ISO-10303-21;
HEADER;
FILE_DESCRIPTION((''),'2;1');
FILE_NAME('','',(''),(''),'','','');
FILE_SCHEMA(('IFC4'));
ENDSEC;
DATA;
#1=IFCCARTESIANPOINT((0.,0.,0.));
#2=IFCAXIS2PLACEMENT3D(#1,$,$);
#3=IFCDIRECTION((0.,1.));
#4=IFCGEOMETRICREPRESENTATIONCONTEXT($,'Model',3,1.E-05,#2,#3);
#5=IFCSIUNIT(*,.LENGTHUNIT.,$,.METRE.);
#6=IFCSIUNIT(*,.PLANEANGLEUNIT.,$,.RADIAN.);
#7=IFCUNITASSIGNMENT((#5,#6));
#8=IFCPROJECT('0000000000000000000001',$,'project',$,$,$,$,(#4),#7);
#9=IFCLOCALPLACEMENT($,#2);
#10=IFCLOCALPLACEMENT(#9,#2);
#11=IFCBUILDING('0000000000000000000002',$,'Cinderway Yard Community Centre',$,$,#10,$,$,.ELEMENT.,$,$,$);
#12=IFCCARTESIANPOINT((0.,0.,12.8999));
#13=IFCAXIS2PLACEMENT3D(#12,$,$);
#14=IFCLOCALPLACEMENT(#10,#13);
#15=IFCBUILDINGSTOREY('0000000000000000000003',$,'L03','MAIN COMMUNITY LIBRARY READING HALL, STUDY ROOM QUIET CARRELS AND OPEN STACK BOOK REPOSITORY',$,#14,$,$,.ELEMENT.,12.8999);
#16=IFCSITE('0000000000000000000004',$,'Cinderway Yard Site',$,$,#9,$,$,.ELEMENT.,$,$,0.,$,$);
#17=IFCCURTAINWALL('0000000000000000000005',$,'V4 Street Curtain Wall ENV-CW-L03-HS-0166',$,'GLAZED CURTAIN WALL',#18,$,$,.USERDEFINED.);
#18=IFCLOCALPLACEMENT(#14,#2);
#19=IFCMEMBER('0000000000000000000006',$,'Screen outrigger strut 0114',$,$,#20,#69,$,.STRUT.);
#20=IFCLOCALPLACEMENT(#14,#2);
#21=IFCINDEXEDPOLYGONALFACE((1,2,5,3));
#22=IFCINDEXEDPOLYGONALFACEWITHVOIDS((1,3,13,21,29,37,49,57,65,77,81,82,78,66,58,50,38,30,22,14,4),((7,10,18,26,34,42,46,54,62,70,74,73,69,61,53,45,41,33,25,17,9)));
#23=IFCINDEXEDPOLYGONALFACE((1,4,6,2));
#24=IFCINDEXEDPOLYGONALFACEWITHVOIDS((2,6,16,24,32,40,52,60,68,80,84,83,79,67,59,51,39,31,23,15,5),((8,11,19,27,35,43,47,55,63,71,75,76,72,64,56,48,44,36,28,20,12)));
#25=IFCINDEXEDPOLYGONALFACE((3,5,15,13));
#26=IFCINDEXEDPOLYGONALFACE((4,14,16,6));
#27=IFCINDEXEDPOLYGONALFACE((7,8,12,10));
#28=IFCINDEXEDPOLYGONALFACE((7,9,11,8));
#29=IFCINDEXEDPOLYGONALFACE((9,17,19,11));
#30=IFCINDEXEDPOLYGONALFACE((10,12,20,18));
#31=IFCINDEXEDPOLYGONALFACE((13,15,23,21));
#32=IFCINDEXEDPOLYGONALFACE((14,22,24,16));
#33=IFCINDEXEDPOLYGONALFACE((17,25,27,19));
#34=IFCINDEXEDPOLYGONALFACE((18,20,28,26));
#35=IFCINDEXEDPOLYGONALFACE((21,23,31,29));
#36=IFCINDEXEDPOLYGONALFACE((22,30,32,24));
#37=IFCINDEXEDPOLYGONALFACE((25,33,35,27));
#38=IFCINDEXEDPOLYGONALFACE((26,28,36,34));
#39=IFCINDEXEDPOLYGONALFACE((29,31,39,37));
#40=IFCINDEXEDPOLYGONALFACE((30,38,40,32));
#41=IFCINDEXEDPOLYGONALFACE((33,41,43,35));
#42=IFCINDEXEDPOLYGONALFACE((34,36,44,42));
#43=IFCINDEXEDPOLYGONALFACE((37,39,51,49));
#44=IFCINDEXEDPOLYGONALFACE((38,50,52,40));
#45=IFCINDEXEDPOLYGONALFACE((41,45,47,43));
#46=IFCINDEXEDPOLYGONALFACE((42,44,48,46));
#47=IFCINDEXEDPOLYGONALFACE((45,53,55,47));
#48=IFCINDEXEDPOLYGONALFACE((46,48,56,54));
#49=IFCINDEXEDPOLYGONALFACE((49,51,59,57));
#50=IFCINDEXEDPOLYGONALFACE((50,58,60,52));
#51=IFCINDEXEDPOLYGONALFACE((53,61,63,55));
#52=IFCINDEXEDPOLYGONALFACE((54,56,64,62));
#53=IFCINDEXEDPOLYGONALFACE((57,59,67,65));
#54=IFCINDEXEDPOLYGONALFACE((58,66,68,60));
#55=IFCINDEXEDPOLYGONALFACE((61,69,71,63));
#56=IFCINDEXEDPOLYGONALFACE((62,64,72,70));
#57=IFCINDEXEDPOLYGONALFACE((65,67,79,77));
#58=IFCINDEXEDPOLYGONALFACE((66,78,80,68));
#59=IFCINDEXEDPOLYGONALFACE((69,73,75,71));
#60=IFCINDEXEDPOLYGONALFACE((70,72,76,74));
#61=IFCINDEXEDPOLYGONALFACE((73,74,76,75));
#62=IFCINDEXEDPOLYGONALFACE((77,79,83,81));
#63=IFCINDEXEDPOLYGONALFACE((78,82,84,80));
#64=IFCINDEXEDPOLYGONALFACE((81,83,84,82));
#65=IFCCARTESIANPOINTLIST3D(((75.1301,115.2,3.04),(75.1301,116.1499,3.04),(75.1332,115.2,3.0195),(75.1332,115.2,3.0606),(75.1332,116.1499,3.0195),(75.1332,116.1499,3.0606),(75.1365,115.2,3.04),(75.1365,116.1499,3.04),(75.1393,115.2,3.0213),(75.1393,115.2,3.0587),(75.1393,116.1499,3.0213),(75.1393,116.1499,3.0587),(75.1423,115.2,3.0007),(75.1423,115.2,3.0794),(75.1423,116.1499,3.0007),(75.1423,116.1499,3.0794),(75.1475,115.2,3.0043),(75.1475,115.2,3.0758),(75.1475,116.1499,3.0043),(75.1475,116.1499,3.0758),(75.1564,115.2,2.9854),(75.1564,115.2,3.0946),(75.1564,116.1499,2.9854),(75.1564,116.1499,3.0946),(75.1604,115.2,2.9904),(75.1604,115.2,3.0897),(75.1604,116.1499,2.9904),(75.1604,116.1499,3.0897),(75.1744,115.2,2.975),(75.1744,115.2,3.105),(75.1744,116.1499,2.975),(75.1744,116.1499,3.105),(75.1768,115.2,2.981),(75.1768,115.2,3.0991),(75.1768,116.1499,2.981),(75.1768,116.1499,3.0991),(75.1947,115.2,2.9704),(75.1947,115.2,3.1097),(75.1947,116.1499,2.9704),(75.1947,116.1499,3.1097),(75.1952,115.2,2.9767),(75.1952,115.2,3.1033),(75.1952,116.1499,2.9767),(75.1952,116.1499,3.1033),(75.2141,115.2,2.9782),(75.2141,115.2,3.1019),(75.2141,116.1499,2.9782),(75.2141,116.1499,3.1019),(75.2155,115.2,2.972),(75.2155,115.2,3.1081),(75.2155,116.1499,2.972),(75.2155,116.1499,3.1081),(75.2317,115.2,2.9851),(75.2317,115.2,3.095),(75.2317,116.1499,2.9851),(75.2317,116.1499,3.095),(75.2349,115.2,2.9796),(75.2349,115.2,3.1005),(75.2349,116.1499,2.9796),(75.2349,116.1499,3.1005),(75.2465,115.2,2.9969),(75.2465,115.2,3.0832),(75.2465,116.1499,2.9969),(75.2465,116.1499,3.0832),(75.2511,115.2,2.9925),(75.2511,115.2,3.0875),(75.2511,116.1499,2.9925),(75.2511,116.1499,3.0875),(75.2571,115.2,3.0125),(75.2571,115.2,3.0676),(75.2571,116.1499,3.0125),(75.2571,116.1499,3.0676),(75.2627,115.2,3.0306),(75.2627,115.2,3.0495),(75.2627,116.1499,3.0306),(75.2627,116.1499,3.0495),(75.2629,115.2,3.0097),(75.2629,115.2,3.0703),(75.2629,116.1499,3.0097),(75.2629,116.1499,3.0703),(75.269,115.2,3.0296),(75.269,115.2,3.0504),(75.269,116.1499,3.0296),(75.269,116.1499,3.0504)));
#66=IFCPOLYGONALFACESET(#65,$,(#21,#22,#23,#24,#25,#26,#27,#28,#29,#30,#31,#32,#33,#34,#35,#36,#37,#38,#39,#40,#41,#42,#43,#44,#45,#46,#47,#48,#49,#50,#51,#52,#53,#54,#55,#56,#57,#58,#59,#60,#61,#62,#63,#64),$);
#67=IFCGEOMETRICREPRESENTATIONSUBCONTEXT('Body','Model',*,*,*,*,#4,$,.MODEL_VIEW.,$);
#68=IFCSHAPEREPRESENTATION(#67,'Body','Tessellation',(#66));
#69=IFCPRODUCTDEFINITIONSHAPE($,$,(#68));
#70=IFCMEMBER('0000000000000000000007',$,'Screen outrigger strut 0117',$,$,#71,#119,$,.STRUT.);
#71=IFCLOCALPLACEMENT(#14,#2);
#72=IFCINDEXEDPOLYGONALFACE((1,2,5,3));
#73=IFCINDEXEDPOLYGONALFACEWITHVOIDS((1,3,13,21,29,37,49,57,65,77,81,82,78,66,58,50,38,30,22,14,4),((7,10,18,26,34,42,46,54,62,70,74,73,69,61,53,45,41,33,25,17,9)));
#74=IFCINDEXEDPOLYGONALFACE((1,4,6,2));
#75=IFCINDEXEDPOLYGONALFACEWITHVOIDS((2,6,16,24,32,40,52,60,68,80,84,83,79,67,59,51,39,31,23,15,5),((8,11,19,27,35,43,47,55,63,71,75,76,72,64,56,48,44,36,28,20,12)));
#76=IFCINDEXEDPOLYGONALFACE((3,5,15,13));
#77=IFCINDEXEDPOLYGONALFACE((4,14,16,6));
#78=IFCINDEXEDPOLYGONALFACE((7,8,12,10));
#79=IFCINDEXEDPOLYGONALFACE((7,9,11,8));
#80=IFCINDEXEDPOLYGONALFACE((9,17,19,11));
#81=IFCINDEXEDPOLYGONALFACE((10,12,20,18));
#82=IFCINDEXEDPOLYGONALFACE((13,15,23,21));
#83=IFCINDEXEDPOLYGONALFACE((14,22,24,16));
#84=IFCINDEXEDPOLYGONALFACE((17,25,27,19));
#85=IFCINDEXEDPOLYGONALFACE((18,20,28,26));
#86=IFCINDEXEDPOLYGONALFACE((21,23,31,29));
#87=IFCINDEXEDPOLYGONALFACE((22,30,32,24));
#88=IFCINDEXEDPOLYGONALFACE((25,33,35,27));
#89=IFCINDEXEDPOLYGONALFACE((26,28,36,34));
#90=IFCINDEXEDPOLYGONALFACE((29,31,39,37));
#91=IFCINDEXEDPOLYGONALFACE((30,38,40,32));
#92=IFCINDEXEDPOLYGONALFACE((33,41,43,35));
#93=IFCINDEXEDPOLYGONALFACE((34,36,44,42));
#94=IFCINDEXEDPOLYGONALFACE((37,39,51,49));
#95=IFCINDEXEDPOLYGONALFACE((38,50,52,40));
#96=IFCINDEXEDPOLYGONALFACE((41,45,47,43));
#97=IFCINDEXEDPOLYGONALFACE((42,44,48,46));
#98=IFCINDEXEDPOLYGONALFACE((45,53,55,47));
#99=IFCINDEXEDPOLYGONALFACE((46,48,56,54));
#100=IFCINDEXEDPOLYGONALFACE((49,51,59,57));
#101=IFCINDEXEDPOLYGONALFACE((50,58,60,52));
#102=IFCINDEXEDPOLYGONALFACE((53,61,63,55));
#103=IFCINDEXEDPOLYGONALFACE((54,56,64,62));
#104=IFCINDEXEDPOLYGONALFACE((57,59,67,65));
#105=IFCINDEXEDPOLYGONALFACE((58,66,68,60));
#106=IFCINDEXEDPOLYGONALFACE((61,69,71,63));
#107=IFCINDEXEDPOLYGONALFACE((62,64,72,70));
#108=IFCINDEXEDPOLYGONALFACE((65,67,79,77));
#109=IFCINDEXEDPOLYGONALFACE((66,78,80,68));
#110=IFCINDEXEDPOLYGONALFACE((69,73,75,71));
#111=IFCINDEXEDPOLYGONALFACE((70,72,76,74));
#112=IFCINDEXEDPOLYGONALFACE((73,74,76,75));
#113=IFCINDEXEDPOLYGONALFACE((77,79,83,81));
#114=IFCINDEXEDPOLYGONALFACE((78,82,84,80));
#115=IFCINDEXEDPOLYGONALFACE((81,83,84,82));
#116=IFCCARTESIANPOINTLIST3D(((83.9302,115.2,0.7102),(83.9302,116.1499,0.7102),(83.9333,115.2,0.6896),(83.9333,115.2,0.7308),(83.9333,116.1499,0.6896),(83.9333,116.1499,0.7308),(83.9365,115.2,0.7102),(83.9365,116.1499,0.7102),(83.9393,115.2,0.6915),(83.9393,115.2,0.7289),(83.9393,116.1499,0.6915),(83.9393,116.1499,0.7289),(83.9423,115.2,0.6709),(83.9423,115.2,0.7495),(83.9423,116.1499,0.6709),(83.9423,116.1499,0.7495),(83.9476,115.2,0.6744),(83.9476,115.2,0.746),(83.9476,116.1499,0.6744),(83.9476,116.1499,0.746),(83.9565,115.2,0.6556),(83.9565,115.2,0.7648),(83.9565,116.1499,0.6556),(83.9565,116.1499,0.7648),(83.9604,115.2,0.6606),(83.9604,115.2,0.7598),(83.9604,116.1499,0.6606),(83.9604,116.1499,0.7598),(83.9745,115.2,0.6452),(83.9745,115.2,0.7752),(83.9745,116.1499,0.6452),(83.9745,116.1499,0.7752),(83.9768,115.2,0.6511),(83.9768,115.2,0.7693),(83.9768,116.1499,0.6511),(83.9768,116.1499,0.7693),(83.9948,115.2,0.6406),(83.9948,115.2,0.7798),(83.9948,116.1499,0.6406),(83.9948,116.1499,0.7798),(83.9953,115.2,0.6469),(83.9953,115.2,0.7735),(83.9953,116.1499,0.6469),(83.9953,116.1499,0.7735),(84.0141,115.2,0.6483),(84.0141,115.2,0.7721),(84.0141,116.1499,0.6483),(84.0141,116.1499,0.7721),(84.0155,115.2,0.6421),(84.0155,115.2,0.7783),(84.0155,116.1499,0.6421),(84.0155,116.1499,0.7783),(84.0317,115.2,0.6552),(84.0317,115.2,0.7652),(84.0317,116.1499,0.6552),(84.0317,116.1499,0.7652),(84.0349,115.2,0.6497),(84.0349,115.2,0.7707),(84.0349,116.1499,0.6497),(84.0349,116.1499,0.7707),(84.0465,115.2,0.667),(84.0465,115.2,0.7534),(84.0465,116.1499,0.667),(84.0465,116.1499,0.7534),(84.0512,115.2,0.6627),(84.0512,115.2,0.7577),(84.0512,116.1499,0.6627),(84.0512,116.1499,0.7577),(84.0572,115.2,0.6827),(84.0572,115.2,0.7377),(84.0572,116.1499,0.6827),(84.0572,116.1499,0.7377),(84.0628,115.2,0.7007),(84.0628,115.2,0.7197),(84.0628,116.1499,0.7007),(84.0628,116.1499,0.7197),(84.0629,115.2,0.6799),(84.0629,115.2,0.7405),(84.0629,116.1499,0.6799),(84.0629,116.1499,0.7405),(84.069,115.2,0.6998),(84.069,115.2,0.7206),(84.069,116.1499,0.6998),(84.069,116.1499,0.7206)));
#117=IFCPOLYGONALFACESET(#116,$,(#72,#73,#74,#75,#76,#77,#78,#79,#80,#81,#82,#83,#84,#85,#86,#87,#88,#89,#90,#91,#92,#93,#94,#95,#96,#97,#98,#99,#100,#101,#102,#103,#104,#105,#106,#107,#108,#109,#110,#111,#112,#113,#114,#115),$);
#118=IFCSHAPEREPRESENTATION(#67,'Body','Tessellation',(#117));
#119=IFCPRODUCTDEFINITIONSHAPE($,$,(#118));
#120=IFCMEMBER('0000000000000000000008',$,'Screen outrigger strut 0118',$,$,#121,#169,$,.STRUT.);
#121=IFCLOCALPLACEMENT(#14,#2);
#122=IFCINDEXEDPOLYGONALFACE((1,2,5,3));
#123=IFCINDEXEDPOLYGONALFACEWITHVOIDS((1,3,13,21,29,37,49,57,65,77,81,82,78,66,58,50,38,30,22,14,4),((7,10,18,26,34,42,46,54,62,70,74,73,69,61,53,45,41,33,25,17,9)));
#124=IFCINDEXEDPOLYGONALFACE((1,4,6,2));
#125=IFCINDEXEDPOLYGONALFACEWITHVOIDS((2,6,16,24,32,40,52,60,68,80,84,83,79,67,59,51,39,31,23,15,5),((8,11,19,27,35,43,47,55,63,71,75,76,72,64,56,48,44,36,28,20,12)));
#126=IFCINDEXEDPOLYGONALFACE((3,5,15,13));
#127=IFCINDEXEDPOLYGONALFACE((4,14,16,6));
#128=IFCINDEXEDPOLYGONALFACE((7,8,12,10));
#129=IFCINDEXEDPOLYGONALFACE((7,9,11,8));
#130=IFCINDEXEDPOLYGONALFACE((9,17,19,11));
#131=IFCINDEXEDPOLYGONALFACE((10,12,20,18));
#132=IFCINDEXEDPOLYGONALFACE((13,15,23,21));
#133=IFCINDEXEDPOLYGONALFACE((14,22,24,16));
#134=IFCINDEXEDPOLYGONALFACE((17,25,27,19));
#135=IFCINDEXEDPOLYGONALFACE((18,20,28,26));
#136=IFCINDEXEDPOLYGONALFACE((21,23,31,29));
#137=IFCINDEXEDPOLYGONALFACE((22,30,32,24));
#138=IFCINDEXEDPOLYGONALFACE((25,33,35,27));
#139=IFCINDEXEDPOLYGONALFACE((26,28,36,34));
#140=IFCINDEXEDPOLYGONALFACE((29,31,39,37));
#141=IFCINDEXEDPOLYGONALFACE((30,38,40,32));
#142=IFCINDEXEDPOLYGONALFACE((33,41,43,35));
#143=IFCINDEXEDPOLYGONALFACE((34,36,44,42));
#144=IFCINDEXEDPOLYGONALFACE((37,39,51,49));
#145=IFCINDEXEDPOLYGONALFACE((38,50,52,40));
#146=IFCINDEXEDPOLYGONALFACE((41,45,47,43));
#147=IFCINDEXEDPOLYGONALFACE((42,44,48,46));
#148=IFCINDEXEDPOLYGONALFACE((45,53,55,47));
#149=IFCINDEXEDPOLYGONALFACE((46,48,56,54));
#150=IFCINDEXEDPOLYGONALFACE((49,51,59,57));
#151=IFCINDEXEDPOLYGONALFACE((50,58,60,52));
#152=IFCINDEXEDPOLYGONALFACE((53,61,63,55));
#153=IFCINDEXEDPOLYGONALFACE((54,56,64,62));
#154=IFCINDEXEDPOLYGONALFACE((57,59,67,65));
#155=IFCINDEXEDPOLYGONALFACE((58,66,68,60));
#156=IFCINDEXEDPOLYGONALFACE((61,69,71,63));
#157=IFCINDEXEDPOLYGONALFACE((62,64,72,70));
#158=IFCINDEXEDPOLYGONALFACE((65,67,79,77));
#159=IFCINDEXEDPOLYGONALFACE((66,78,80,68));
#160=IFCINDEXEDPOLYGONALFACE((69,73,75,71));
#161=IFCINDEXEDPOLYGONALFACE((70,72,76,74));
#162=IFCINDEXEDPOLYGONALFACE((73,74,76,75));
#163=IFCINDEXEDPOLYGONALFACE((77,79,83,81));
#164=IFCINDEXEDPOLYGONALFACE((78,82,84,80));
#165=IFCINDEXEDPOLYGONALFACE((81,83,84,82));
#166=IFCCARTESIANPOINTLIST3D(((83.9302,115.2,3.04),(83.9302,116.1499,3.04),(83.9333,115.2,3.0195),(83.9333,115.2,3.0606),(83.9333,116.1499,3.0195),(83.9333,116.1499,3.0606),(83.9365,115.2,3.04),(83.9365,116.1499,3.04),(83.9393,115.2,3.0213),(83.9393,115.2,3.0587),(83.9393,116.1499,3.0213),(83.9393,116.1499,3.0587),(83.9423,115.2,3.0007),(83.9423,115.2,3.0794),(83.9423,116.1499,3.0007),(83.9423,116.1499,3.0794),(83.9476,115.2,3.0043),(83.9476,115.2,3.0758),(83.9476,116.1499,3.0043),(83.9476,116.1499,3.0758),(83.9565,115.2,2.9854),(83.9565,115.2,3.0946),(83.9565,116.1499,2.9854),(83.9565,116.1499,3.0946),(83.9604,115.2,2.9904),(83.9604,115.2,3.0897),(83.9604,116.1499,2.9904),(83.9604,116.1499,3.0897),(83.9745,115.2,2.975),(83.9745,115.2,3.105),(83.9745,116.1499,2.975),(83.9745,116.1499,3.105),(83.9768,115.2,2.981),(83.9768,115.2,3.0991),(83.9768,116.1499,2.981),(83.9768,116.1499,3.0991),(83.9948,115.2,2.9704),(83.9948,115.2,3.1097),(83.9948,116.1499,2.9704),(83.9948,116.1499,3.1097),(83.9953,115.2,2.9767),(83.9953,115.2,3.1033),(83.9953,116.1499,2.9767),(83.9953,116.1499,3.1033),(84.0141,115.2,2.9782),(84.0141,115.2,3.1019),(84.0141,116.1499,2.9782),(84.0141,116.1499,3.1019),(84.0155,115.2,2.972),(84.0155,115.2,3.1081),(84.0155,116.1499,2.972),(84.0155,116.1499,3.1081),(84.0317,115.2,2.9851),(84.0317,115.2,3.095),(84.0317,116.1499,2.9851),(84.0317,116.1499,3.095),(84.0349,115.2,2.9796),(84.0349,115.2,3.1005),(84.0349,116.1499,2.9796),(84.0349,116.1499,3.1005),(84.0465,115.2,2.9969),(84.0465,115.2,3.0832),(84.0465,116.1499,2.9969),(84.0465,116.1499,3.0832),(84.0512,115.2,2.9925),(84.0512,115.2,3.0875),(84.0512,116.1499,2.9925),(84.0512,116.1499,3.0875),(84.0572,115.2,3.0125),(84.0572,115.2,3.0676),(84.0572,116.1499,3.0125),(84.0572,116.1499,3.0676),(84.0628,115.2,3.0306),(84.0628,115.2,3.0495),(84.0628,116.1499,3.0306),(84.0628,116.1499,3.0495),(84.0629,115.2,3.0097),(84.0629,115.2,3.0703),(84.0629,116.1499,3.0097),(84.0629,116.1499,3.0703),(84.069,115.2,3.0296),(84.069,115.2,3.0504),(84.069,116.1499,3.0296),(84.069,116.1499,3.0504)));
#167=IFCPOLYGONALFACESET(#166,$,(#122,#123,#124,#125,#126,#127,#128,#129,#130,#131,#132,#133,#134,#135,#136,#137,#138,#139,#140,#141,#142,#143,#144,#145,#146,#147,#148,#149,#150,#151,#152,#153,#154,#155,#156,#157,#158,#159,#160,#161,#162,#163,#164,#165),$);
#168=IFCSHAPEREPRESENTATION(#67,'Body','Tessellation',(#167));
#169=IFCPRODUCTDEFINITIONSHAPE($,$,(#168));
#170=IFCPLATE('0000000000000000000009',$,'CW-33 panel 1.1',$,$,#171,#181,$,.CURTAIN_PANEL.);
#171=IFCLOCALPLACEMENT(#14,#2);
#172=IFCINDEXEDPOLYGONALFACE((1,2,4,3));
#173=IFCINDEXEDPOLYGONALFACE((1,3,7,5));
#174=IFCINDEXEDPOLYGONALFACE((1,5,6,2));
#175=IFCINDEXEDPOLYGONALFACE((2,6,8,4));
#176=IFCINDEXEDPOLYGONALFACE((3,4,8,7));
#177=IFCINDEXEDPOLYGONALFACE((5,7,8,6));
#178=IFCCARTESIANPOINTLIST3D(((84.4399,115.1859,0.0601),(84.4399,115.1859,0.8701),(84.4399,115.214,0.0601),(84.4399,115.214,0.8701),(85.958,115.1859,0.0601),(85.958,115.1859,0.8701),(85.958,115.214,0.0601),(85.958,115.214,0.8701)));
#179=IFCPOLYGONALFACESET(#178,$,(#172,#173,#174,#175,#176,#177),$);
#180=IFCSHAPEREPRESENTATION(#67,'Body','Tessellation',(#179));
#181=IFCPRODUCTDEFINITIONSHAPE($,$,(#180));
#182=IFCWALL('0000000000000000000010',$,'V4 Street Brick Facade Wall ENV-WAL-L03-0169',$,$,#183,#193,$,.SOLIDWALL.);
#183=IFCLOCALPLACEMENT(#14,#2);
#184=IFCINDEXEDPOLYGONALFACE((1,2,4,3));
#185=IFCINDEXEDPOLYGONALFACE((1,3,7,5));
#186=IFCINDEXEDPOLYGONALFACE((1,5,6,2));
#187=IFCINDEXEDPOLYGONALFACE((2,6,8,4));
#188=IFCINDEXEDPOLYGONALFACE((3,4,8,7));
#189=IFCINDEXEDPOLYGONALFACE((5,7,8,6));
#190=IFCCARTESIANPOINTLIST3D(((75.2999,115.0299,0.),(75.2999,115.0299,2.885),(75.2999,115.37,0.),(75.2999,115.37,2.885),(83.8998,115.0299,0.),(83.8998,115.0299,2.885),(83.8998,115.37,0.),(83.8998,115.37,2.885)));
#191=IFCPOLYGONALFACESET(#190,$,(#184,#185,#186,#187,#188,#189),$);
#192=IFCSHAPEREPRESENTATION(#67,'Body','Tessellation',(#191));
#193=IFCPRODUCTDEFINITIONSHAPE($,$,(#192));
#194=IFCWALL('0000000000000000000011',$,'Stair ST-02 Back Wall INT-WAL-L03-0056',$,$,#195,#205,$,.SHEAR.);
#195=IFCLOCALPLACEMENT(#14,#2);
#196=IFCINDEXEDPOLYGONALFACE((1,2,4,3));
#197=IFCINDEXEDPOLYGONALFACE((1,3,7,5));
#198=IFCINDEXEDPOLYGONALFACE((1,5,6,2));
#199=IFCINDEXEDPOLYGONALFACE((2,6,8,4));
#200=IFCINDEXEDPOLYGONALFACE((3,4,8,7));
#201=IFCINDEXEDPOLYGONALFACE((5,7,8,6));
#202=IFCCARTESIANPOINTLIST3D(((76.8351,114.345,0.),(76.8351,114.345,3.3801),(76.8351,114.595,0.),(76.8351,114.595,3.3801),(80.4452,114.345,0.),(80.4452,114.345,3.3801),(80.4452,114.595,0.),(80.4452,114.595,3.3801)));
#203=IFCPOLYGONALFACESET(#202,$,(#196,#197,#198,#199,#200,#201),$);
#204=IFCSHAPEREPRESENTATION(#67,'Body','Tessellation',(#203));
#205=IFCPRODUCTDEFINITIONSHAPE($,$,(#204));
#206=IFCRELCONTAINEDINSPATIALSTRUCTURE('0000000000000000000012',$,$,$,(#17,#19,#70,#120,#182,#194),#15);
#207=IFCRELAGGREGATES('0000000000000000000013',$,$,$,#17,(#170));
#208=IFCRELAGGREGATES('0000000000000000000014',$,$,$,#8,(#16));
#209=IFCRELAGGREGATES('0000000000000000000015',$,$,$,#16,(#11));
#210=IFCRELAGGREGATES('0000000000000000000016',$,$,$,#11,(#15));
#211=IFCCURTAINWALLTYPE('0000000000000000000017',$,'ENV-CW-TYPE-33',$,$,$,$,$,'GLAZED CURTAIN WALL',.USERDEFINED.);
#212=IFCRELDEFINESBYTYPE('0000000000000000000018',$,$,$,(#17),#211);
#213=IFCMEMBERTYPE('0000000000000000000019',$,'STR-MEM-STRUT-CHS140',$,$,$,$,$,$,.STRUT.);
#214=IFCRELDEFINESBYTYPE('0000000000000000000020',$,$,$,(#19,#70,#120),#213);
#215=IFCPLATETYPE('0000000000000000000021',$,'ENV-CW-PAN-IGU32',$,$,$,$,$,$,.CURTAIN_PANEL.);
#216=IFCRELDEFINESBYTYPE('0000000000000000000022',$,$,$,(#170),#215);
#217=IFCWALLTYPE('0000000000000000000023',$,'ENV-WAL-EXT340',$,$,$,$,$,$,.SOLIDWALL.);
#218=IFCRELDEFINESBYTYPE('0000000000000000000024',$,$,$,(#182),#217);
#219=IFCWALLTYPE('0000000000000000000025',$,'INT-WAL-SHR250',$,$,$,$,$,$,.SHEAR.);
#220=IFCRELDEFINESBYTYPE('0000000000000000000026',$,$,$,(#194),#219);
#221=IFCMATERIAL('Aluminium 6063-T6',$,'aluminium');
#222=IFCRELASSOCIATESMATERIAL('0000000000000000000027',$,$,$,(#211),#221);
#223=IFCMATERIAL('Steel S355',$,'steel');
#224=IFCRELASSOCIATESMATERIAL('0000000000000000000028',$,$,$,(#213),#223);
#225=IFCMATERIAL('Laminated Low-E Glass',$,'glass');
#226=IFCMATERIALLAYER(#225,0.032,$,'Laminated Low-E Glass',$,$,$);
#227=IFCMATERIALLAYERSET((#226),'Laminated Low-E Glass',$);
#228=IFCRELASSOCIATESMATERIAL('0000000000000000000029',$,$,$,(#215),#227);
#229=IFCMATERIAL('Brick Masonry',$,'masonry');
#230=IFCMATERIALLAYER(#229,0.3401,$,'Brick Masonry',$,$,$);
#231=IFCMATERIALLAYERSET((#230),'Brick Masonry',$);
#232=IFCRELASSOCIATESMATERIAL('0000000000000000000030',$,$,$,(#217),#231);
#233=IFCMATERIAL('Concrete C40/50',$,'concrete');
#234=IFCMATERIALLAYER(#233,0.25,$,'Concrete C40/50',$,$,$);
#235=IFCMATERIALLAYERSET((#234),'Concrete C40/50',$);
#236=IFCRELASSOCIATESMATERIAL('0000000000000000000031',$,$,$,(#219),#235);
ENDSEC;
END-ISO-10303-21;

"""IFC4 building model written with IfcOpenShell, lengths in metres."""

from ifc_helpers import new_model, si_unit, direction, frame, frame_2d, origin, origin_2d, place, context, subcontext, project, spatial, rectangle, hollow_circle, extrude, material, layer, layer_set, material_profile, profile_set, type_object, element, aggregate, save


model = new_model("IFC4")

# Units and contexts
model_context = context("Model", 3, precision=1e-05, world=origin(), true_north=direction((0.0, 1.0)))
body_context = subcontext(model_context, "Body", "Model", "MODEL_VIEW")
ifc_project = project(units=[si_unit("LENGTHUNIT", "METRE"), si_unit("PLANEANGLEUNIT", "RADIAN")], contexts=[model_context])

# Site, building, storey
site_placement = place(None, origin())
site = spatial("IfcSite", under=ifc_project, at=site_placement, Name="Cinderway Yard Site", CompositionType="ELEMENT", RefElevation=0.0)
building_placement = place(site_placement, origin())
building = spatial("IfcBuilding", under=site, at=building_placement, Name="Cinderway Yard Community Centre", CompositionType="ELEMENT")
storey_placement = place(building_placement, frame((0.0, 0.0, 12.8999)))
storey = spatial("IfcBuildingStorey", under=building, at=storey_placement, Name="L03", Description="MAIN COMMUNITY LIBRARY READING HALL, STUDY ROOM QUIET CARRELS AND OPEN STACK BOOK REPOSITORY", CompositionType="ELEMENT", Elevation=12.8999)

# Shared definitions
ifc_material_1 = material(Name="Concrete C40/50", Category="concrete")

# Curtain wall
ifc_material_2 = material(Name="Aluminium 6063-T6", Category="aluminium")
curtain_wall_type = type_object("IfcCurtainWallType", Name="ENV-CW-TYPE-33", ElementType="GLAZED CURTAIN WALL", PredefinedType="USERDEFINED", material=ifc_material_2)
curtain_wall_placement = place(storey_placement, origin())
curtain_wall = element("IfcCurtainWall", 1, at=curtain_wall_placement, inside=storey, type_object=curtain_wall_type, Name="V4 Street Curtain Wall ENV-CW-L03-HS-0166", ObjectType="GLAZED CURTAIN WALL", PredefinedType="USERDEFINED")

# Members
ifc_material_3 = material(Name="Steel S355", Category="steel")
ifc_material_profile_1 = material_profile(ifc_material_3, hollow_circle(Radius=0.0698, WallThickness=0.0063, at=origin_2d()), Name="Steel S355")
ifc_profile_set_1 = profile_set([ifc_material_profile_1], Name="Steel S355")
member_type_1 = type_object("IfcMemberType", Name="STR-MEM-STRUT-CHS140", PredefinedType="STRUT", material=ifc_profile_set_1)
for number, where, z_axis, x_axis, name in (
    (2, (75.2, 115.2, 3.04), (0.0, 1.0, 0.0), (-1.0, 0.0, 0.0), "Screen outrigger strut 0114"),
    (3, (84.0, 115.2, 0.7102), (0.0, 1.0, 0.0), (-1.0, 0.0, 0.0), "Screen outrigger strut 0117"),
    (4, (84.0, 115.2, 3.04), (0.0, 1.0, 0.0), (-1.0, 0.0, 0.0), "Screen outrigger strut 0118"),
):
    element("IfcMember", number, at=place(storey_placement, frame(where, z_axis=z_axis, x_axis=x_axis)), inside=storey, type_object=member_type_1, Name=name, PredefinedType="STRUT", context=body_context, shape_type="SweptSolid", body=[
        extrude(hollow_circle(Radius=0.0698, WallThickness=0.0063, at=origin_2d()), origin(), (0.0, 0.0, 1.0), 0.95),
    ])

# Plate
ifc_material_4 = material(Name="Laminated Low-E Glass", Category="glass")
ifc_layer_1 = layer(ifc_material_4, 0.032, Name="Laminated Low-E Glass")
ifc_layer_set_1 = layer_set([ifc_layer_1], Name="Laminated Low-E Glass")
plate_type = type_object("IfcPlateType", Name="ENV-CW-PAN-IGU32", PredefinedType="CURTAIN_PANEL", material=ifc_layer_set_1)
plate_placement = place(storey_placement, frame((85.199, 115.2, 0.0601), z_axis=(0.0, 0.0, 1.0), x_axis=(1.0, 0.0, 0.0)))
plate = element("IfcPlate", 5, at=plate_placement, type_object=plate_type, Name="CW-33 panel 1.1", PredefinedType="CURTAIN_PANEL", context=body_context, shape_type="SweptSolid", body=[
    extrude(rectangle(XDim=1.5181, YDim=0.0281, at=origin_2d()), origin(), (0.0, 0.0, 1.0), 0.8101),
])
aggregate(curtain_wall, [plate])

# Walls
ifc_material_5 = material(Name="Brick Masonry", Category="masonry")
ifc_layer_2 = layer(ifc_material_5, 0.3401, Name="Brick Masonry")
ifc_layer_set_2 = layer_set([ifc_layer_2], Name="Brick Masonry")
wall_type_1 = type_object("IfcWallType", Name="ENV-WAL-EXT340", PredefinedType="SOLIDWALL", material=ifc_layer_set_2)
wall_1_placement = place(storey_placement, frame((75.3, 115.2, 0.0), z_axis=(0.0, 0.0, 1.0), x_axis=(1.0, 0.0, 0.0)))
element("IfcWall", 6, at=wall_1_placement, inside=storey, type_object=wall_type_1, Name="V4 Street Brick Facade Wall ENV-WAL-L03-0169", PredefinedType="SOLIDWALL", context=body_context, shape_type="SweptSolid", body=[
    extrude(rectangle(XDim=8.5999, YDim=0.3401, at=frame_2d((4.2998, 0.0))), origin(), (0.0, 0.0, 1.0), 2.885),
])
ifc_layer_3 = layer(ifc_material_1, 0.25, Name="Concrete C40/50")
ifc_layer_set_3 = layer_set([ifc_layer_3], Name="Concrete C40/50")
wall_type_2 = type_object("IfcWallType", Name="INT-WAL-SHR250", PredefinedType="SHEAR", material=ifc_layer_set_3)
wall_2_placement = place(storey_placement, frame((76.835, 114.47, 0.0), z_axis=(0.0, 0.0, 1.0), x_axis=(1.0, 0.0, 0.0)))
element("IfcWall", 7, at=wall_2_placement, inside=storey, type_object=wall_type_2, Name="Stair ST-02 Back Wall INT-WAL-L03-0056", PredefinedType="SHEAR", context=body_context, shape_type="SweptSolid", body=[
    extrude(rectangle(XDim=3.6101, YDim=0.25, at=frame_2d((1.8052, 0.0))), origin(), (0.0, 0.0, 1.0), 3.3801),
])

save(model, "model.ifc")
